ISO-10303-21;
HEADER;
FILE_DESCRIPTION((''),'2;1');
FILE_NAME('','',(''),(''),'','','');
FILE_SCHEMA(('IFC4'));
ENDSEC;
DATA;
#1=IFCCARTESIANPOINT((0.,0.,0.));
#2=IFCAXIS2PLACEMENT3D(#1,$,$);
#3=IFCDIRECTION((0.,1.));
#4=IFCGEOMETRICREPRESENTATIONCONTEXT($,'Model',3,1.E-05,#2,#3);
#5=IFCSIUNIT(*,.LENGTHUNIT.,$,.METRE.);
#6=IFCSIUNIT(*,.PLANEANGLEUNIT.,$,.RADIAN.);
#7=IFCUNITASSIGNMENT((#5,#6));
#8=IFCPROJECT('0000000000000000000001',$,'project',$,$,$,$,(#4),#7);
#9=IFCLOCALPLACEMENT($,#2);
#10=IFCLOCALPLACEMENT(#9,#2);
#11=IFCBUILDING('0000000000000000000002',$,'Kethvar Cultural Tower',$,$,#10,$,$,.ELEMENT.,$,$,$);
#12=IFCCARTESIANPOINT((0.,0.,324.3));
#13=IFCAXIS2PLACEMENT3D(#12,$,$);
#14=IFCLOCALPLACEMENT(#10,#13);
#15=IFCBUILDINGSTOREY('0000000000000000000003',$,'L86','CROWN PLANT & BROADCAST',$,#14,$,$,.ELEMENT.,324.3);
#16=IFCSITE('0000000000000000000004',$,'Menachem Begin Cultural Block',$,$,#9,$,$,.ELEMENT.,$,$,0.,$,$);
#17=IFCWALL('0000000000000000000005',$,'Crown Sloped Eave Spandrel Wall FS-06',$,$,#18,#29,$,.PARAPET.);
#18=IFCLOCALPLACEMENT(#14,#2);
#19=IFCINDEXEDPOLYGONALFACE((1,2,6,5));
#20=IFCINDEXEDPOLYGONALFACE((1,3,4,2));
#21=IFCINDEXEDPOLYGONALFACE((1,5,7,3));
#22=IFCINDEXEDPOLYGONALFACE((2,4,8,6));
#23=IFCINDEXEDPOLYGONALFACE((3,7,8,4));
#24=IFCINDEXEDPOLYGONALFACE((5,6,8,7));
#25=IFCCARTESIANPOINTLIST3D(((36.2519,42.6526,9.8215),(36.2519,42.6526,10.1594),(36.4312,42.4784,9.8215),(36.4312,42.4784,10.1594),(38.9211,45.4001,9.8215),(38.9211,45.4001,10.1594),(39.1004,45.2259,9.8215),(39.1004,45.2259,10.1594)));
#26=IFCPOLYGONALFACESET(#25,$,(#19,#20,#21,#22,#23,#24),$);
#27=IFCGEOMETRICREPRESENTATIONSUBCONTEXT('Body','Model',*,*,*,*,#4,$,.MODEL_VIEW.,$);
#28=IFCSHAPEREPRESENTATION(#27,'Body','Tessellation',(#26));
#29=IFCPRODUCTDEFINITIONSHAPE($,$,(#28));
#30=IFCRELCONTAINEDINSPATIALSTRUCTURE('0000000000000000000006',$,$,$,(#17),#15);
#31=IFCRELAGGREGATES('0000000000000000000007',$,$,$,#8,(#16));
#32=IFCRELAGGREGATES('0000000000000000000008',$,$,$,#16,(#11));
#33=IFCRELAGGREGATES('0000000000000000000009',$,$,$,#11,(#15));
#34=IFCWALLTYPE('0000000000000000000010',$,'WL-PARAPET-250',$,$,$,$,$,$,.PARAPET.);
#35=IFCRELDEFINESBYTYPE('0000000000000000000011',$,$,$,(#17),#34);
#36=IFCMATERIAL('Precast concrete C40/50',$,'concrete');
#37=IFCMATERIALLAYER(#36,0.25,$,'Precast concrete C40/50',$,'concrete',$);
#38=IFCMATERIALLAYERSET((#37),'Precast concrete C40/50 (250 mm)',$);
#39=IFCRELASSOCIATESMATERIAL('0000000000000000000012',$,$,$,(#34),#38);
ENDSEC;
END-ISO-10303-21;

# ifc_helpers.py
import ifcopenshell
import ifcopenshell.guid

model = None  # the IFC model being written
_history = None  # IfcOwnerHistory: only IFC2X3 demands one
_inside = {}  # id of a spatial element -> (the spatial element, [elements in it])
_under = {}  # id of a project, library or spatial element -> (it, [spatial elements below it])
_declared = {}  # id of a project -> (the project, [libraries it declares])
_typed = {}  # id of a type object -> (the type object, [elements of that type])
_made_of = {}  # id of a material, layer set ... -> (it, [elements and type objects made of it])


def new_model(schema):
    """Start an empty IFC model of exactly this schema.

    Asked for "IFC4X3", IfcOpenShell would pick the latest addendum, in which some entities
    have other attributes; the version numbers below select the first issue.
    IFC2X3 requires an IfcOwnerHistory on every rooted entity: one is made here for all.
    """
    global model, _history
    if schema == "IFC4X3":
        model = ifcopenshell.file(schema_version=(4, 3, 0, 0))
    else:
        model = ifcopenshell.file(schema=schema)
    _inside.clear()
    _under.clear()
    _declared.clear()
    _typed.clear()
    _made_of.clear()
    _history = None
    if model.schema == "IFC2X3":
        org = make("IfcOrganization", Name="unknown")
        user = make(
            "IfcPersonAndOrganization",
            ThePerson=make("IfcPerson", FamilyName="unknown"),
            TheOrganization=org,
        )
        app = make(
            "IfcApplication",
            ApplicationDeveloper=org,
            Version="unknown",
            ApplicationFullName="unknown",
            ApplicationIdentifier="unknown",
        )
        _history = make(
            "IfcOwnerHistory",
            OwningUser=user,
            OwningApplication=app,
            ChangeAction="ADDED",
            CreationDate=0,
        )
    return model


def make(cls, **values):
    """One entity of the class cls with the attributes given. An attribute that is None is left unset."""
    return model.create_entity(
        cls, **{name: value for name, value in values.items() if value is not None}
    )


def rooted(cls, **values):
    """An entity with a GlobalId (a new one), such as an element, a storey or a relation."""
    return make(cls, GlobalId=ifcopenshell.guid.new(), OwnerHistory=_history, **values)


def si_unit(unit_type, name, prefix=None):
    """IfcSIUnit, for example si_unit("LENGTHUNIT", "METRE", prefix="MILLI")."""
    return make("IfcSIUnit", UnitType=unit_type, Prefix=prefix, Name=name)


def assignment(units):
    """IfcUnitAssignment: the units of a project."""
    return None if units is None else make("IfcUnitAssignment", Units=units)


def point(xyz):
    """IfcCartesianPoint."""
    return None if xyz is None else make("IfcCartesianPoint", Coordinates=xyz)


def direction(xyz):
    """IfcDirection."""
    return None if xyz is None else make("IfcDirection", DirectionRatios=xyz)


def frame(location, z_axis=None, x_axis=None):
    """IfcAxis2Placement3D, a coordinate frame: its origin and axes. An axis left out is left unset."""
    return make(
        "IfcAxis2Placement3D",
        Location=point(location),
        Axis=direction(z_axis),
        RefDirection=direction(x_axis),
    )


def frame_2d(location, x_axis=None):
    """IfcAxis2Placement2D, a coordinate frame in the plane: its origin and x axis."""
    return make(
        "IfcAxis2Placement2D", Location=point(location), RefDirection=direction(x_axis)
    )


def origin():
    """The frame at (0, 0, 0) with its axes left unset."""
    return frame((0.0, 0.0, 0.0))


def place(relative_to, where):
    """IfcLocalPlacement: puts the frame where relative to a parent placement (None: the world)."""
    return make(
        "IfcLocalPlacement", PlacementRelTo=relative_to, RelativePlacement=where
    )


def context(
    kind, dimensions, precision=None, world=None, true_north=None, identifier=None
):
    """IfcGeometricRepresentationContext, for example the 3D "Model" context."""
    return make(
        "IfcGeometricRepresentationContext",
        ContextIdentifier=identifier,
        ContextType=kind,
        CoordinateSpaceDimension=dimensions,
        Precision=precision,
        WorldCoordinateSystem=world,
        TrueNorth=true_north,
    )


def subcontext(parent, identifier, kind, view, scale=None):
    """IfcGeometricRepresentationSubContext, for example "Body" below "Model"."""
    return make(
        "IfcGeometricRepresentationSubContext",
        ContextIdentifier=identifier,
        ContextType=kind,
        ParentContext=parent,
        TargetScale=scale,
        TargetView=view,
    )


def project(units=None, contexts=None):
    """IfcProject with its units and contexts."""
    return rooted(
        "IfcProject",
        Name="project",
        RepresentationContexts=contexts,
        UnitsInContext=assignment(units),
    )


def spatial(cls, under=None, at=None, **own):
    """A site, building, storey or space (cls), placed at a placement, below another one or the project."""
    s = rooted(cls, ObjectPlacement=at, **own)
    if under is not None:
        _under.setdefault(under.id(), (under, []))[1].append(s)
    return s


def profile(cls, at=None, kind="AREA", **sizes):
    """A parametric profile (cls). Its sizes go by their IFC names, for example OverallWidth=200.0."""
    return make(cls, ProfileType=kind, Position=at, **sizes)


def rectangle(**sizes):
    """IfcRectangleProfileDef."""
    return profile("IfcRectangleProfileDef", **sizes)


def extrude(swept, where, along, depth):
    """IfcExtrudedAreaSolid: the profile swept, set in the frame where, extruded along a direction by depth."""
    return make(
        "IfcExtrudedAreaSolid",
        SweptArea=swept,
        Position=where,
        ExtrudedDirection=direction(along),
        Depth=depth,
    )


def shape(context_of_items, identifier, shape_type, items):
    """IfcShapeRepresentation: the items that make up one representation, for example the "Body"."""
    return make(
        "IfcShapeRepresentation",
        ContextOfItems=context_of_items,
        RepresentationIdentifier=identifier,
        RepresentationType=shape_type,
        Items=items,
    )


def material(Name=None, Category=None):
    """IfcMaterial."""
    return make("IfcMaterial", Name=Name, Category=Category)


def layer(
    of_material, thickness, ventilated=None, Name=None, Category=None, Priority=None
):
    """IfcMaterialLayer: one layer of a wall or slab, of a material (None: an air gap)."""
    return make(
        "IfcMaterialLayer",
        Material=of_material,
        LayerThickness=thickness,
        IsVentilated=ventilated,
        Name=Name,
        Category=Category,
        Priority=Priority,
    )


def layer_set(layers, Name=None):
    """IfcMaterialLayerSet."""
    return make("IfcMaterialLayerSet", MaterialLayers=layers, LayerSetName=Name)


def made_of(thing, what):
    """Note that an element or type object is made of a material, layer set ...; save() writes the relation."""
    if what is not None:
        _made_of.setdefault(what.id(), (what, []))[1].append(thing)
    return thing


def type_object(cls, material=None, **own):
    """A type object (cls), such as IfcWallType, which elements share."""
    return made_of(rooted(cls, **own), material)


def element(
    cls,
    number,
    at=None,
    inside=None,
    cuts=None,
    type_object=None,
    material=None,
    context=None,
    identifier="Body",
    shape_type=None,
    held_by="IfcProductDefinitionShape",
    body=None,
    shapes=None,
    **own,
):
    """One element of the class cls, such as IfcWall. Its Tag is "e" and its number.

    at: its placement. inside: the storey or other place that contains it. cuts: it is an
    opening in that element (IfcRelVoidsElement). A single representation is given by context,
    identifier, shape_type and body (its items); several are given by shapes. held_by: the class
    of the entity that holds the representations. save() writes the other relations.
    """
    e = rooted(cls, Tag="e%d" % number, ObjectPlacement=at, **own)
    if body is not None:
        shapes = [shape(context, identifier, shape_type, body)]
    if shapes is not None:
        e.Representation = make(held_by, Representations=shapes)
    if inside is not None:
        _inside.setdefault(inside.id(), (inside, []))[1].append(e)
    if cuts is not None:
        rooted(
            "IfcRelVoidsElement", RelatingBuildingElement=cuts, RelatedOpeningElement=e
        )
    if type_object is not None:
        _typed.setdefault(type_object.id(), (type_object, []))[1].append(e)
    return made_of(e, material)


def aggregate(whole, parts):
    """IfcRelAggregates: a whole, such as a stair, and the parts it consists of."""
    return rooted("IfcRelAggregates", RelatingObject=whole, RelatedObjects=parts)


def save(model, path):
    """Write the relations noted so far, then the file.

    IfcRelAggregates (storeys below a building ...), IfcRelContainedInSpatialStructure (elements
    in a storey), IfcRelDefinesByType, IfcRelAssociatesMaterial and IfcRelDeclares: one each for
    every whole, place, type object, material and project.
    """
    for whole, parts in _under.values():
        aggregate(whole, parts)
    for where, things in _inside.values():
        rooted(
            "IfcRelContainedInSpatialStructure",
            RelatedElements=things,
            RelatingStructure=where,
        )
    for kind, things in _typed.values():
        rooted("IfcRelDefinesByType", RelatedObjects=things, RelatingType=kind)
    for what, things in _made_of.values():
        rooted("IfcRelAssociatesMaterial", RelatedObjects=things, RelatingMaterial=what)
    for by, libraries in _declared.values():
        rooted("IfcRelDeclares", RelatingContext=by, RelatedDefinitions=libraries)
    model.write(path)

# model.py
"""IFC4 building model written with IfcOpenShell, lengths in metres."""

from ifc_helpers import new_model, si_unit, direction, frame, frame_2d, origin, place, context, subcontext, project, spatial, rectangle, extrude, material, layer, layer_set, type_object, element, save


model = new_model("IFC4")

# Units and contexts
model_context = context("Model", 3, precision=1e-05, world=origin(), true_north=direction((0.0, 1.0)))
body_context = subcontext(model_context, "Body", "Model", "MODEL_VIEW")
ifc_project = project(units=[si_unit("LENGTHUNIT", "METRE"), si_unit("PLANEANGLEUNIT", "RADIAN")], contexts=[model_context])

# Site, building, storey
site_placement = place(None, origin())
site = spatial("IfcSite", under=ifc_project, at=site_placement, Name="Menachem Begin Cultural Block", CompositionType="ELEMENT", RefElevation=0.0)
building_placement = place(site_placement, origin())
building = spatial("IfcBuilding", under=site, at=building_placement, Name="Kethvar Cultural Tower", CompositionType="ELEMENT")
storey_placement = place(building_placement, frame((0.0, 0.0, 324.3)))
storey = spatial("IfcBuildingStorey", under=building, at=storey_placement, Name="L86", Description="CROWN PLANT & BROADCAST", CompositionType="ELEMENT", Elevation=324.3)

# Wall
ifc_material_1 = material(Name="Precast concrete C40/50", Category="concrete")
ifc_layer_1 = layer(ifc_material_1, 0.25, Name="Precast concrete C40/50", Category="concrete")
ifc_layer_set_1 = layer_set([ifc_layer_1], Name="Precast concrete C40/50 (250 mm)")
wall_type = type_object("IfcWallType", Name="WL-PARAPET-250", PredefinedType="PARAPET", material=ifc_layer_set_1)
wall_1_placement = place(storey_placement, frame((39.0107, 45.313, 9.8215), z_axis=(0.0, 0.0, 1.0), x_axis=(-0.696803, -0.717262, 0.0)))
element("IfcWall", 1, at=wall_1_placement, inside=storey, type_object=wall_type, Name="Crown Sloped Eave Spandrel Wall FS-06", PredefinedType="PARAPET", context=body_context, shape_type="SweptSolid", body=[
    extrude(rectangle(XDim=3.8306, YDim=0.25, at=frame_2d((1.9153, 0.0))), origin(), (0.0, 0.0, 1.0), 0.3379),
])

save(model, "model.ifc")
